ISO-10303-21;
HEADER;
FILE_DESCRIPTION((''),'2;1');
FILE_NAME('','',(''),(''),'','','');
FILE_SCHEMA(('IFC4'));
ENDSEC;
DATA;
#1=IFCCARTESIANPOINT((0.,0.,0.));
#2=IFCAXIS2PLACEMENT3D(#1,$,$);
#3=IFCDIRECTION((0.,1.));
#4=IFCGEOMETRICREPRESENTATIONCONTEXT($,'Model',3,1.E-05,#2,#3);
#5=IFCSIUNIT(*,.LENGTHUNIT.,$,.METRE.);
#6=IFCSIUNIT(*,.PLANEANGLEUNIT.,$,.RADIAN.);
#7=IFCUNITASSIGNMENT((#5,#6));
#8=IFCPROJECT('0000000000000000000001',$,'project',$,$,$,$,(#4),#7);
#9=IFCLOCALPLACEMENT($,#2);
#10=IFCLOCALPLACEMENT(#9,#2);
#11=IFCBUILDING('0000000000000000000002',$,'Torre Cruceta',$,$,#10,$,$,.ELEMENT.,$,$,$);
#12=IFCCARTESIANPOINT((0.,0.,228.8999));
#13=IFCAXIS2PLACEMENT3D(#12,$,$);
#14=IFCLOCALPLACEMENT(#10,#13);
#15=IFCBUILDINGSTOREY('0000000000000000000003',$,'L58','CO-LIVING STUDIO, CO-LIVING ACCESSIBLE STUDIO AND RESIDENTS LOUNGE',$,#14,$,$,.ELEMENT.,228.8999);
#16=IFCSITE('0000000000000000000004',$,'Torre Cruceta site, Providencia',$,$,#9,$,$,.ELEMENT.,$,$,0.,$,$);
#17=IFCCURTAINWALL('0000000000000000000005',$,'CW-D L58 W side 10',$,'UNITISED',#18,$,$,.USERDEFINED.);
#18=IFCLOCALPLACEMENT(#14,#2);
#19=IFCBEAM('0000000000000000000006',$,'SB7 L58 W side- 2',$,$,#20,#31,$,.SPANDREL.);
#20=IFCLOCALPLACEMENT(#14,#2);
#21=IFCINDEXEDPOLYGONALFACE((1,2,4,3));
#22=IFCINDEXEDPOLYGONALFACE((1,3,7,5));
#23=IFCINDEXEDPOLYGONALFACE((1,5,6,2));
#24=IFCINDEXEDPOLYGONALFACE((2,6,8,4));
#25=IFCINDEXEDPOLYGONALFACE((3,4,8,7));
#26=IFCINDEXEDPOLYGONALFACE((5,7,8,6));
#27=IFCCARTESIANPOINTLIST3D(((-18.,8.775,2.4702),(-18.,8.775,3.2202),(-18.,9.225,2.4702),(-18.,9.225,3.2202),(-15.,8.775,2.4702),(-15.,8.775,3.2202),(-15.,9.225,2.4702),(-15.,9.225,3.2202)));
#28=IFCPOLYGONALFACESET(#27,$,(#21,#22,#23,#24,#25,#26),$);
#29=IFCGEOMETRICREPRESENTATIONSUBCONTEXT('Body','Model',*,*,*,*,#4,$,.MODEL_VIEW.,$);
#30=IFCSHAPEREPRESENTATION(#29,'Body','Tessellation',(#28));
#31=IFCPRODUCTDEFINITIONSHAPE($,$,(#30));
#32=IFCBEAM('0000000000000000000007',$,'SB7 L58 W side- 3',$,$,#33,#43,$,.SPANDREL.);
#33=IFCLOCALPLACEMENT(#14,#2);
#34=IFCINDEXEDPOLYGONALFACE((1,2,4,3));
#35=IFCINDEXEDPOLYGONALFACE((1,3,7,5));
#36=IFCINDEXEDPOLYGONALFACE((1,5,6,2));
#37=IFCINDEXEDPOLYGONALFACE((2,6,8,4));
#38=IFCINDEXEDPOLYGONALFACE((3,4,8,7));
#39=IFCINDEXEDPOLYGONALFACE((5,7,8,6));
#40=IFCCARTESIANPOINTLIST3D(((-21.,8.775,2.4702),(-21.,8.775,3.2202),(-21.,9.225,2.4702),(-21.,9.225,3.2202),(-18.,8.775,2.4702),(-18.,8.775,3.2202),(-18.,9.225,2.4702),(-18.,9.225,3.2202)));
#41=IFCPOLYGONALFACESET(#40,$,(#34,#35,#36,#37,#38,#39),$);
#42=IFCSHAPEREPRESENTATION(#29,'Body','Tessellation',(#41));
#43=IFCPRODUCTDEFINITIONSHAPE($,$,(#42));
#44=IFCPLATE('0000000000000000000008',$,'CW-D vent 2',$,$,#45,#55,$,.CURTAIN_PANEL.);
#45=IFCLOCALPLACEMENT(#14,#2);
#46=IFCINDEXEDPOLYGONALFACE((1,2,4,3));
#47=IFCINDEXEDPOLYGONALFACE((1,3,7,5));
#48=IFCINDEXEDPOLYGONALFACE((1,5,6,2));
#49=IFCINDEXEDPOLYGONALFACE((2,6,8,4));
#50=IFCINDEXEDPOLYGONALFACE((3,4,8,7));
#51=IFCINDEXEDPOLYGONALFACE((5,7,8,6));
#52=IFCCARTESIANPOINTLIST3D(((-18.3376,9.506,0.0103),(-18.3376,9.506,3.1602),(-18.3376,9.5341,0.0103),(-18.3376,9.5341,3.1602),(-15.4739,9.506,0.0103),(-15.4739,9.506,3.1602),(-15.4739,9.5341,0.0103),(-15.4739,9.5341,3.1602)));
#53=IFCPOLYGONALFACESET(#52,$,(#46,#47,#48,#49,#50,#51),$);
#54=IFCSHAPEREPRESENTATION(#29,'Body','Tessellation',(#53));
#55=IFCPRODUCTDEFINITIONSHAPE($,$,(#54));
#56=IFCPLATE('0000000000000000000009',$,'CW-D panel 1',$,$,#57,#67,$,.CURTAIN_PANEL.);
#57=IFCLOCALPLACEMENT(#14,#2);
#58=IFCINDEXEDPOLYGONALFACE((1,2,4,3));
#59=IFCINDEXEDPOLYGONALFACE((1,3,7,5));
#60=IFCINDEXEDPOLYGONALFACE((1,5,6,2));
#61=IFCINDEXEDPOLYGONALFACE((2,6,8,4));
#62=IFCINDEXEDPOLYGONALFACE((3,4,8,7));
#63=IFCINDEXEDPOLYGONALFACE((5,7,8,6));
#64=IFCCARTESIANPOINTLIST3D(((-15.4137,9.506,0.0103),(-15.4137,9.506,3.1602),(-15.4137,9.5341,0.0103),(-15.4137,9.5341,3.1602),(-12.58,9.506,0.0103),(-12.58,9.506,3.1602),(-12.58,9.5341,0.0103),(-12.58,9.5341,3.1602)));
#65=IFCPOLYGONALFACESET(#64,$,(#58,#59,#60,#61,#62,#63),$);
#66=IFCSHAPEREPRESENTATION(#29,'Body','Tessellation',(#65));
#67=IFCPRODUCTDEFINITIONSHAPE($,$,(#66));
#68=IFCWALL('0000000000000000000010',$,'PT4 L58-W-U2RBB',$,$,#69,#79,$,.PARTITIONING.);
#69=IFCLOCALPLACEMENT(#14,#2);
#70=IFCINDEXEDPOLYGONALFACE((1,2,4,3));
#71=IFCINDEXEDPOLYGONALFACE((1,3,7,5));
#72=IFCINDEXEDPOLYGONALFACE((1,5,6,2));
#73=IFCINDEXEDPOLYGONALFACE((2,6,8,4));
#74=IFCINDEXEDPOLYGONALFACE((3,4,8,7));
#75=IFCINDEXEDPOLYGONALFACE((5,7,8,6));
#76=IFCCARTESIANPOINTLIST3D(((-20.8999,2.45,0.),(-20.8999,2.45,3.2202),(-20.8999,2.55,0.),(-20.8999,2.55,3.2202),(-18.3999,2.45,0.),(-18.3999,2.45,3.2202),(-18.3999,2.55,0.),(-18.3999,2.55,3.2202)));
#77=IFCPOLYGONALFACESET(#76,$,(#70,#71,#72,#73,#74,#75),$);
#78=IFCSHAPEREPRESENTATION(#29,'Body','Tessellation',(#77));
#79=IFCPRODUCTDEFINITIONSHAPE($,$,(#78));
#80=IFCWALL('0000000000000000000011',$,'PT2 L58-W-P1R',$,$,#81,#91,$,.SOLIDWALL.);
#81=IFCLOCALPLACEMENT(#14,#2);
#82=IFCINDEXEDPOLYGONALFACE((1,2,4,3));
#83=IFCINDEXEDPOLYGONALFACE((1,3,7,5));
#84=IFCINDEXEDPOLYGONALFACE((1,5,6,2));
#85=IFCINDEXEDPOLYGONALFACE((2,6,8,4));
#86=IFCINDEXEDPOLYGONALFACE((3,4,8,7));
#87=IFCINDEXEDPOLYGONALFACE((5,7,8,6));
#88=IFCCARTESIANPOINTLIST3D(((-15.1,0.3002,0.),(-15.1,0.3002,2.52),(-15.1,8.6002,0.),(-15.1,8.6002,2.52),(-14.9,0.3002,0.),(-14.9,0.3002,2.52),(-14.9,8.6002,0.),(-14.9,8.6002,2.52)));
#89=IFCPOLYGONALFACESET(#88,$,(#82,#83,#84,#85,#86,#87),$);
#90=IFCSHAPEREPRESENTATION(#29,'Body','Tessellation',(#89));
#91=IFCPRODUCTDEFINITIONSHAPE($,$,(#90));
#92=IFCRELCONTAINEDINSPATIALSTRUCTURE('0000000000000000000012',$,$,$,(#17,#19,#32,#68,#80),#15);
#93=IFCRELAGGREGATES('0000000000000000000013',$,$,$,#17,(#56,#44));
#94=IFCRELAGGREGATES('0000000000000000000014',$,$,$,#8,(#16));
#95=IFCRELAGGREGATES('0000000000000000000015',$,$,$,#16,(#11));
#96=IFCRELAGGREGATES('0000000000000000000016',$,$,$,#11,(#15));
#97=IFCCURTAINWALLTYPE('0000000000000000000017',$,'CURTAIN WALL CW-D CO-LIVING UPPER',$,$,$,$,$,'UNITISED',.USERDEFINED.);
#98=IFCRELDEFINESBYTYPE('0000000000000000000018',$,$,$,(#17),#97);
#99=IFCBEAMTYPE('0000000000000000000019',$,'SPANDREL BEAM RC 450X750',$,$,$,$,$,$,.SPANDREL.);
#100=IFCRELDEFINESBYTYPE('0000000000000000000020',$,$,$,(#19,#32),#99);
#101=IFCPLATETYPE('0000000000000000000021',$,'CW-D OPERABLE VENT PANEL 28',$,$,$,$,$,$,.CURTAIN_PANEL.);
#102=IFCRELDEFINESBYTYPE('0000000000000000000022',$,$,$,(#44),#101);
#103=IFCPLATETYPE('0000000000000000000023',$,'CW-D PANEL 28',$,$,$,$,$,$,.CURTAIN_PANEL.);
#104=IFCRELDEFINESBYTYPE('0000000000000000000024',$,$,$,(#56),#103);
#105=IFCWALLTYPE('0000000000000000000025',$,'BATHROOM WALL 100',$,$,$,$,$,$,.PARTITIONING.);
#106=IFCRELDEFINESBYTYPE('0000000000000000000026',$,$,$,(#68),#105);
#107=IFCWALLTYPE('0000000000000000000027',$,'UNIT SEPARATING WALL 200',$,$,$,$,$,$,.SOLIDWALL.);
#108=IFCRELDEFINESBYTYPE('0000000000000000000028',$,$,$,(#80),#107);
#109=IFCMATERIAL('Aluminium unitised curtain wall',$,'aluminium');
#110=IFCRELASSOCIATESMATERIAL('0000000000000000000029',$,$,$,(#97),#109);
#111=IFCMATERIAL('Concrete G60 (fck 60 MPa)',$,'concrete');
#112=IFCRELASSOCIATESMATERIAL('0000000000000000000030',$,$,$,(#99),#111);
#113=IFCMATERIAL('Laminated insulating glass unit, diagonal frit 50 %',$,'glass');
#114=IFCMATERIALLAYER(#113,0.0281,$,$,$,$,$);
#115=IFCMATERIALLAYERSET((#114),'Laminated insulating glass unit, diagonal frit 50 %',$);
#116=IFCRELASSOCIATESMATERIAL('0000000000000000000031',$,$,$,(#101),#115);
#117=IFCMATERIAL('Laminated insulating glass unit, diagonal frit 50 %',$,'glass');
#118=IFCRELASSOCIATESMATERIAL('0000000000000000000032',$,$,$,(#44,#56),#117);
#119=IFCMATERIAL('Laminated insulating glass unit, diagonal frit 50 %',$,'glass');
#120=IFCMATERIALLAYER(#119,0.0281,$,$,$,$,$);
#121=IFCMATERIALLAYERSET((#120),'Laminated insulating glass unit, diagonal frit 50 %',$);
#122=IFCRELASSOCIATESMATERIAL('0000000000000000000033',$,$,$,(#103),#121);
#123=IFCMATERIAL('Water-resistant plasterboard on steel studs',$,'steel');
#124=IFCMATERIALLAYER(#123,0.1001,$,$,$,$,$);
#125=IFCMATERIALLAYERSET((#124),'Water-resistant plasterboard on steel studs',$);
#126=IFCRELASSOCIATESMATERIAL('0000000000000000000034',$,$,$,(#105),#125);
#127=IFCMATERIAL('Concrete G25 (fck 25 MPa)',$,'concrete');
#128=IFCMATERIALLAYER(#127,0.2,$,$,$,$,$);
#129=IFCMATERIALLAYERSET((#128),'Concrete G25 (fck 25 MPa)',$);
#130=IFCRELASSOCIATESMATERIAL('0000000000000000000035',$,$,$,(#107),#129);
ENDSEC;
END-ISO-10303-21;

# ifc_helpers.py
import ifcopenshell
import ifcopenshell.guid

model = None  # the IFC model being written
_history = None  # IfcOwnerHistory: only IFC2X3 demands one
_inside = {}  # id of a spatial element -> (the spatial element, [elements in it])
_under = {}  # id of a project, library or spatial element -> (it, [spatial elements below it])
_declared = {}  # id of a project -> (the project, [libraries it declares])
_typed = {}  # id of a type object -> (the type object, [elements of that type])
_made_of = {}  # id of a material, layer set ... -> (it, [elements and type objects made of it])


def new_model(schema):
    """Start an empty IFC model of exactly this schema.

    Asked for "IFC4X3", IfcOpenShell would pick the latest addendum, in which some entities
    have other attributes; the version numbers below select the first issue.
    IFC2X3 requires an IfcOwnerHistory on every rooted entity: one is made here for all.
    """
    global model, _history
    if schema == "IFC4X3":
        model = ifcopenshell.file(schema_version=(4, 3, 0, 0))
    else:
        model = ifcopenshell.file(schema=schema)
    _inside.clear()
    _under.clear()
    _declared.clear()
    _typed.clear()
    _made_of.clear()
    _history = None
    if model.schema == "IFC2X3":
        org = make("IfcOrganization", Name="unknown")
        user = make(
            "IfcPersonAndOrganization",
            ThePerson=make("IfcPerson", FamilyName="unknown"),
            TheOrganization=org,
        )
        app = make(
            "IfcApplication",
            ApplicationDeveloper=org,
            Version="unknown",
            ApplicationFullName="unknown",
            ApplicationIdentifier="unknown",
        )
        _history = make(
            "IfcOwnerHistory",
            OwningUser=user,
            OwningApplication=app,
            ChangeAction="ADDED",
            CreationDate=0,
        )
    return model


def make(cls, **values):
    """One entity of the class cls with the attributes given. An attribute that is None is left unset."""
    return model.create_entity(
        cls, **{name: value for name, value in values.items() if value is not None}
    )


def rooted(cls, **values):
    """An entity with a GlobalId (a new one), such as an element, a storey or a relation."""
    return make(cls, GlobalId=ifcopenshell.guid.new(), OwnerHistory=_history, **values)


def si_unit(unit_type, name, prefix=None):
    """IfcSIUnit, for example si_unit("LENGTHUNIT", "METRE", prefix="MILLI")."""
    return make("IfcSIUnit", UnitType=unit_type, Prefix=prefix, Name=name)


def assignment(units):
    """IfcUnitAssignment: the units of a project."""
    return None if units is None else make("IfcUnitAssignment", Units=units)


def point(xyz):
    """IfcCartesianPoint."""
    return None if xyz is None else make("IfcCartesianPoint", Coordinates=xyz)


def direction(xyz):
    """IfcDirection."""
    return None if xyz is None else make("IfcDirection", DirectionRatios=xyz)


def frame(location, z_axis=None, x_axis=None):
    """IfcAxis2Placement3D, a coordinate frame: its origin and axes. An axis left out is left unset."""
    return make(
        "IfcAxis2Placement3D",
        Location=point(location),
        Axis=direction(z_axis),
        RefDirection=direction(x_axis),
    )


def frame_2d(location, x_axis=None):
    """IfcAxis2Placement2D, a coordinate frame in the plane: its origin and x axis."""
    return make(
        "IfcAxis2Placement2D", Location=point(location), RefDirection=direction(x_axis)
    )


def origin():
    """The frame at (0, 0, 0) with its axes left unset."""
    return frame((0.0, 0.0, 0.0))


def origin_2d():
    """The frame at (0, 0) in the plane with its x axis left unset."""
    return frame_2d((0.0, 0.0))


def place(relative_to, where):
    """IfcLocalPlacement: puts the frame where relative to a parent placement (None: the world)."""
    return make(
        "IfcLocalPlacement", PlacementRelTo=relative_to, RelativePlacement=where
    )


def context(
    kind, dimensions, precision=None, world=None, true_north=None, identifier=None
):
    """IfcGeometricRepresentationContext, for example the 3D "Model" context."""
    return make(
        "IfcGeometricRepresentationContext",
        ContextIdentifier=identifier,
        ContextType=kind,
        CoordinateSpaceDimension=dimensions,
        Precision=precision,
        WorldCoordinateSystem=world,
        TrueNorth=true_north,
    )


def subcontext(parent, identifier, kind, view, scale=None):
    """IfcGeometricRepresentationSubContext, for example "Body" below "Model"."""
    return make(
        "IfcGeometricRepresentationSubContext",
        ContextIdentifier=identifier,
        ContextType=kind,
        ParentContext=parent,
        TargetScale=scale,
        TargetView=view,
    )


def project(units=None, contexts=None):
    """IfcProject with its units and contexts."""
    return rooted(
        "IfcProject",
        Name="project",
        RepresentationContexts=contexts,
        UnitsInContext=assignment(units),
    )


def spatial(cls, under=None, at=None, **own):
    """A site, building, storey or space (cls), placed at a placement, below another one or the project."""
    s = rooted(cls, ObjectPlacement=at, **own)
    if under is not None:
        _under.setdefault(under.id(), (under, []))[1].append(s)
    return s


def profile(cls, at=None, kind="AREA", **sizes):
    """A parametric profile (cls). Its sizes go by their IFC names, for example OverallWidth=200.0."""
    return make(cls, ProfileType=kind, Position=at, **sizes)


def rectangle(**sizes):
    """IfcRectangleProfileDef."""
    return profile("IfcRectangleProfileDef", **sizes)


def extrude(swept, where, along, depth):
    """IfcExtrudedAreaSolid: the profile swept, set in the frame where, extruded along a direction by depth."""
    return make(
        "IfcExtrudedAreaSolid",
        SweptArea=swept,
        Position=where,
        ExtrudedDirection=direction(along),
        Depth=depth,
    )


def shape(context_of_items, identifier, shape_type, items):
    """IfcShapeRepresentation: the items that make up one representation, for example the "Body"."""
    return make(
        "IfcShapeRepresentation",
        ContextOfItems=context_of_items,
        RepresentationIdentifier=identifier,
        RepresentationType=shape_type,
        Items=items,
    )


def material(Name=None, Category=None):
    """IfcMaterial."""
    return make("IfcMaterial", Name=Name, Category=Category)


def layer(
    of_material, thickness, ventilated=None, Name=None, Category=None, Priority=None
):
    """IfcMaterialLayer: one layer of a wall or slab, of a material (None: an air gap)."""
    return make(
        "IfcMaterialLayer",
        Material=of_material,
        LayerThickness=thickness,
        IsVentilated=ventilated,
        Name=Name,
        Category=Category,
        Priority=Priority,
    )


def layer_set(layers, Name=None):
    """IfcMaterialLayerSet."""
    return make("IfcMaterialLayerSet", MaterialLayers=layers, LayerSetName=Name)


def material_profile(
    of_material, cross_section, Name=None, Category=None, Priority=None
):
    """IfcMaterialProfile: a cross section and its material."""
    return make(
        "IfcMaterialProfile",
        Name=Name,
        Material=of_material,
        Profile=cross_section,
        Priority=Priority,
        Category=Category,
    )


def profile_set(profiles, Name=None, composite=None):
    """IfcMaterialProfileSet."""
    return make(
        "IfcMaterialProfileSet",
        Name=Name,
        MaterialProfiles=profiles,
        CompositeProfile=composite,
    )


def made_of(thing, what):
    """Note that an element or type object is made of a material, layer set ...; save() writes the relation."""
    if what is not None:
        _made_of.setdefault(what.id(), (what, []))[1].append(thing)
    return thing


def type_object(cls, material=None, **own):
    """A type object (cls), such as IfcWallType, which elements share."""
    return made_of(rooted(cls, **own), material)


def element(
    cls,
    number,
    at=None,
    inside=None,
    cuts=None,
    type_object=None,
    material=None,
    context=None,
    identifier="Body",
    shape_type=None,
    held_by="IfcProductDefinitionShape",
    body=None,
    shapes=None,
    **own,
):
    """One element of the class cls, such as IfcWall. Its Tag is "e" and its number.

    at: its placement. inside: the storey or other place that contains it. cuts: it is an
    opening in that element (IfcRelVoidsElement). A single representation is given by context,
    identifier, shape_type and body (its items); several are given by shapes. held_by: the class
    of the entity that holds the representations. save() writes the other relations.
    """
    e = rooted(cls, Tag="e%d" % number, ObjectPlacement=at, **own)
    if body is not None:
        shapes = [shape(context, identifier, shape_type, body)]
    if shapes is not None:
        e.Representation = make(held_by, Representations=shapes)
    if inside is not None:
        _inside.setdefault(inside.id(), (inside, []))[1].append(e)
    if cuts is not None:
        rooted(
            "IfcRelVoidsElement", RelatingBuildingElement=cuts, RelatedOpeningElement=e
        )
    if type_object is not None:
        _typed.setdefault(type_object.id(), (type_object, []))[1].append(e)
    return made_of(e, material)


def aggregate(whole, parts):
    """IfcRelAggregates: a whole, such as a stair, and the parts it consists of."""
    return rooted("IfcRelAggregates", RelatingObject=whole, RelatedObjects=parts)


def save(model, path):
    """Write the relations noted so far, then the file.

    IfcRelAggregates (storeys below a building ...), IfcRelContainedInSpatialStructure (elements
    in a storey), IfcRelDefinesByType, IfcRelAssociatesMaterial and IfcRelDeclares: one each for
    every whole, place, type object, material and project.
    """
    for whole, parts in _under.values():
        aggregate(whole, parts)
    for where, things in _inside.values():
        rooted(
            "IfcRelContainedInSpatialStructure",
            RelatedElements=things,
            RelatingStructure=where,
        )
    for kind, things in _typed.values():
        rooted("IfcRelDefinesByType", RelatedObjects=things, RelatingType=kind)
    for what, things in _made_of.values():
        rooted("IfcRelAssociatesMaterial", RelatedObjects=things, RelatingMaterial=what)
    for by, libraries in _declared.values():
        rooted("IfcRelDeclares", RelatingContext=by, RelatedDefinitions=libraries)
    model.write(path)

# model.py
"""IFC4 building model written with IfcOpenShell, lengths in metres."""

from ifc_helpers import new_model, si_unit, direction, frame, frame_2d, origin, origin_2d, place, context, subcontext, project, spatial, rectangle, extrude, material, layer, layer_set, material_profile, profile_set, type_object, element, aggregate, save


model = new_model("IFC4")

# Units and contexts
model_context = context("Model", 3, precision=1e-05, world=origin(), true_north=direction((0.0, 1.0)))
body_context = subcontext(model_context, "Body", "Model", "MODEL_VIEW")
ifc_project = project(units=[si_unit("LENGTHUNIT", "METRE"), si_unit("PLANEANGLEUNIT", "RADIAN")], contexts=[model_context])

# Site, building, storey
site_placement = place(None, origin())
site = spatial("IfcSite", under=ifc_project, at=site_placement, Name="Torre Cruceta site, Providencia", CompositionType="ELEMENT", RefElevation=0.0)
building_placement = place(site_placement, origin())
building = spatial("IfcBuilding", under=site, at=building_placement, Name="Torre Cruceta", CompositionType="ELEMENT")
storey_placement = place(building_placement, frame((0.0, 0.0, 228.8999)))
storey = spatial("IfcBuildingStorey", under=building, at=storey_placement, Name="L58", Description="CO-LIVING STUDIO, CO-LIVING ACCESSIBLE STUDIO AND RESIDENTS LOUNGE", CompositionType="ELEMENT", Elevation=228.8999)

# Curtain wall
ifc_material_1 = material(Name="Aluminium unitised curtain wall", Category="aluminium")
curtain_wall_type = type_object("IfcCurtainWallType", Name="CURTAIN WALL CW-D CO-LIVING UPPER", ElementType="UNITISED", PredefinedType="USERDEFINED", material=ifc_material_1)
curtain_wall_placement = place(storey_placement, origin())
curtain_wall = element("IfcCurtainWall", 1, at=curtain_wall_placement, inside=storey, type_object=curtain_wall_type, Name="CW-D L58 W side 10", ObjectType="UNITISED", PredefinedType="USERDEFINED")

# Beams
ifc_material_2 = material(Name="Concrete G60 (fck 60 MPa)", Category="concrete")
ifc_material_profile_1 = material_profile(ifc_material_2, rectangle(XDim=0.45, YDim=0.75, at=origin_2d()), Name="RC 450X750")
ifc_profile_set_1 = profile_set([ifc_material_profile_1], Name="Concrete G60 (fck 60 MPa)")
beam_type_1 = type_object("IfcBeamType", Name="SPANDREL BEAM RC 450X750", PredefinedType="SPANDREL", material=ifc_profile_set_1)
for number, where, z_axis, x_axis, name in (
    (2, (-15.0, 9.0, 2.8452), (-1.0, 0.0, 0.0), (0.0, -1.0, 0.0), "SB7 L58 W side- 2"),
    (3, (-18.0, 9.0, 2.8452), (-1.0, 0.0, 0.0), (0.0, -1.0, 0.0), "SB7 L58 W side- 3"),
):
    element("IfcBeam", number, at=place(storey_placement, frame(where, z_axis=z_axis, x_axis=x_axis)), inside=storey, type_object=beam_type_1, Name=name, PredefinedType="SPANDREL", context=body_context, shape_type="SweptSolid", body=[
        extrude(rectangle(XDim=0.45, YDim=0.75, at=origin_2d()), origin(), (0.0, 0.0, 1.0), 3.0),
    ])

# Plates
ifc_material_3 = material(Name="Laminated insulating glass unit, diagonal frit 50 %", Category="glass")
ifc_material_4 = material(Name="Laminated insulating glass unit, diagonal frit 50 %", Category="glass")
ifc_layer_1 = layer(ifc_material_4, 0.0281)
ifc_layer_set_1 = layer_set([ifc_layer_1], Name="Laminated insulating glass unit, diagonal frit 50 %")
plate_type_1 = type_object("IfcPlateType", Name="CW-D OPERABLE VENT PANEL 28", PredefinedType="CURTAIN_PANEL", material=ifc_layer_set_1)
plate_1_placement = place(storey_placement, frame((-16.9058, 9.52, 0.0103), z_axis=(0.0, 0.0, 1.0), x_axis=(-1.0, 0.0, 0.0)))
plate_1 = element("IfcPlate", 4, at=plate_1_placement, type_object=plate_type_1, material=ifc_material_3, Name="CW-D vent 2", PredefinedType="CURTAIN_PANEL", context=body_context, shape_type="SweptSolid", body=[
    extrude(rectangle(XDim=2.8638, YDim=0.0281, at=origin_2d()), origin(), (0.0, 0.0, 1.0), 3.1499),
])
ifc_material_5 = material(Name="Laminated insulating glass unit, diagonal frit 50 %", Category="glass")
ifc_layer_2 = layer(ifc_material_5, 0.0281)
ifc_layer_set_2 = layer_set([ifc_layer_2], Name="Laminated insulating glass unit, diagonal frit 50 %")
plate_type_2 = type_object("IfcPlateType", Name="CW-D PANEL 28", PredefinedType="CURTAIN_PANEL", material=ifc_layer_set_2)
plate_2_placement = place(storey_placement, frame((-13.9968, 9.52, 0.0103), z_axis=(0.0, 0.0, 1.0), x_axis=(-1.0, 0.0, 0.0)))
plate_2 = element("IfcPlate", 5, at=plate_2_placement, type_object=plate_type_2, material=ifc_material_3, Name="CW-D panel 1", PredefinedType="CURTAIN_PANEL", context=body_context, shape_type="SweptSolid", body=[
    extrude(rectangle(XDim=2.8337, YDim=0.0281, at=origin_2d()), origin(), (0.0, 0.0, 1.0), 3.1499),
])
aggregate(curtain_wall, [plate_2, plate_1])

# Walls
ifc_material_6 = material(Name="Water-resistant plasterboard on steel studs", Category="steel")
ifc_layer_3 = layer(ifc_material_6, 0.1001)
ifc_layer_set_3 = layer_set([ifc_layer_3], Name="Water-resistant plasterboard on steel studs")
wall_type_1 = type_object("IfcWallType", Name="BATHROOM WALL 100", PredefinedType="PARTITIONING", material=ifc_layer_set_3)
wall_1_placement = place(storey_placement, frame((-18.3999, 2.5, 0.0), z_axis=(0.0, 0.0, 1.0), x_axis=(-1.0, 0.0, 0.0)))
element("IfcWall", 6, at=wall_1_placement, inside=storey, type_object=wall_type_1, Name="PT4 L58-W-U2RBB", PredefinedType="PARTITIONING", context=body_context, shape_type="SweptSolid", body=[
    extrude(rectangle(XDim=2.5, YDim=0.1001, at=frame_2d((1.25, 0.0))), origin(), (0.0, 0.0, 1.0), 3.2202),
])
ifc_material_7 = material(Name="Concrete G25 (fck 25 MPa)", Category="concrete")
ifc_layer_4 = layer(ifc_material_7, 0.2)
ifc_layer_set_4 = layer_set([ifc_layer_4], Name="Concrete G25 (fck 25 MPa)")
wall_type_2 = type_object("IfcWallType", Name="UNIT SEPARATING WALL 200", PredefinedType="SOLIDWALL", material=ifc_layer_set_4)
wall_2_placement = place(storey_placement, frame((-15.0, 8.6001, 0.0), z_axis=(0.0, 0.0, 1.0), x_axis=(0.0, -1.0, 0.0)))
element("IfcWall", 7, at=wall_2_placement, inside=storey, type_object=wall_type_2, Name="PT2 L58-W-P1R", PredefinedType="SOLIDWALL", context=body_context, shape_type="SweptSolid", body=[
    extrude(rectangle(XDim=8.3, YDim=0.2, at=frame_2d((4.1499, 0.0))), origin(), (0.0, 0.0, 1.0), 2.52),
])

save(model, "model.ifc")
